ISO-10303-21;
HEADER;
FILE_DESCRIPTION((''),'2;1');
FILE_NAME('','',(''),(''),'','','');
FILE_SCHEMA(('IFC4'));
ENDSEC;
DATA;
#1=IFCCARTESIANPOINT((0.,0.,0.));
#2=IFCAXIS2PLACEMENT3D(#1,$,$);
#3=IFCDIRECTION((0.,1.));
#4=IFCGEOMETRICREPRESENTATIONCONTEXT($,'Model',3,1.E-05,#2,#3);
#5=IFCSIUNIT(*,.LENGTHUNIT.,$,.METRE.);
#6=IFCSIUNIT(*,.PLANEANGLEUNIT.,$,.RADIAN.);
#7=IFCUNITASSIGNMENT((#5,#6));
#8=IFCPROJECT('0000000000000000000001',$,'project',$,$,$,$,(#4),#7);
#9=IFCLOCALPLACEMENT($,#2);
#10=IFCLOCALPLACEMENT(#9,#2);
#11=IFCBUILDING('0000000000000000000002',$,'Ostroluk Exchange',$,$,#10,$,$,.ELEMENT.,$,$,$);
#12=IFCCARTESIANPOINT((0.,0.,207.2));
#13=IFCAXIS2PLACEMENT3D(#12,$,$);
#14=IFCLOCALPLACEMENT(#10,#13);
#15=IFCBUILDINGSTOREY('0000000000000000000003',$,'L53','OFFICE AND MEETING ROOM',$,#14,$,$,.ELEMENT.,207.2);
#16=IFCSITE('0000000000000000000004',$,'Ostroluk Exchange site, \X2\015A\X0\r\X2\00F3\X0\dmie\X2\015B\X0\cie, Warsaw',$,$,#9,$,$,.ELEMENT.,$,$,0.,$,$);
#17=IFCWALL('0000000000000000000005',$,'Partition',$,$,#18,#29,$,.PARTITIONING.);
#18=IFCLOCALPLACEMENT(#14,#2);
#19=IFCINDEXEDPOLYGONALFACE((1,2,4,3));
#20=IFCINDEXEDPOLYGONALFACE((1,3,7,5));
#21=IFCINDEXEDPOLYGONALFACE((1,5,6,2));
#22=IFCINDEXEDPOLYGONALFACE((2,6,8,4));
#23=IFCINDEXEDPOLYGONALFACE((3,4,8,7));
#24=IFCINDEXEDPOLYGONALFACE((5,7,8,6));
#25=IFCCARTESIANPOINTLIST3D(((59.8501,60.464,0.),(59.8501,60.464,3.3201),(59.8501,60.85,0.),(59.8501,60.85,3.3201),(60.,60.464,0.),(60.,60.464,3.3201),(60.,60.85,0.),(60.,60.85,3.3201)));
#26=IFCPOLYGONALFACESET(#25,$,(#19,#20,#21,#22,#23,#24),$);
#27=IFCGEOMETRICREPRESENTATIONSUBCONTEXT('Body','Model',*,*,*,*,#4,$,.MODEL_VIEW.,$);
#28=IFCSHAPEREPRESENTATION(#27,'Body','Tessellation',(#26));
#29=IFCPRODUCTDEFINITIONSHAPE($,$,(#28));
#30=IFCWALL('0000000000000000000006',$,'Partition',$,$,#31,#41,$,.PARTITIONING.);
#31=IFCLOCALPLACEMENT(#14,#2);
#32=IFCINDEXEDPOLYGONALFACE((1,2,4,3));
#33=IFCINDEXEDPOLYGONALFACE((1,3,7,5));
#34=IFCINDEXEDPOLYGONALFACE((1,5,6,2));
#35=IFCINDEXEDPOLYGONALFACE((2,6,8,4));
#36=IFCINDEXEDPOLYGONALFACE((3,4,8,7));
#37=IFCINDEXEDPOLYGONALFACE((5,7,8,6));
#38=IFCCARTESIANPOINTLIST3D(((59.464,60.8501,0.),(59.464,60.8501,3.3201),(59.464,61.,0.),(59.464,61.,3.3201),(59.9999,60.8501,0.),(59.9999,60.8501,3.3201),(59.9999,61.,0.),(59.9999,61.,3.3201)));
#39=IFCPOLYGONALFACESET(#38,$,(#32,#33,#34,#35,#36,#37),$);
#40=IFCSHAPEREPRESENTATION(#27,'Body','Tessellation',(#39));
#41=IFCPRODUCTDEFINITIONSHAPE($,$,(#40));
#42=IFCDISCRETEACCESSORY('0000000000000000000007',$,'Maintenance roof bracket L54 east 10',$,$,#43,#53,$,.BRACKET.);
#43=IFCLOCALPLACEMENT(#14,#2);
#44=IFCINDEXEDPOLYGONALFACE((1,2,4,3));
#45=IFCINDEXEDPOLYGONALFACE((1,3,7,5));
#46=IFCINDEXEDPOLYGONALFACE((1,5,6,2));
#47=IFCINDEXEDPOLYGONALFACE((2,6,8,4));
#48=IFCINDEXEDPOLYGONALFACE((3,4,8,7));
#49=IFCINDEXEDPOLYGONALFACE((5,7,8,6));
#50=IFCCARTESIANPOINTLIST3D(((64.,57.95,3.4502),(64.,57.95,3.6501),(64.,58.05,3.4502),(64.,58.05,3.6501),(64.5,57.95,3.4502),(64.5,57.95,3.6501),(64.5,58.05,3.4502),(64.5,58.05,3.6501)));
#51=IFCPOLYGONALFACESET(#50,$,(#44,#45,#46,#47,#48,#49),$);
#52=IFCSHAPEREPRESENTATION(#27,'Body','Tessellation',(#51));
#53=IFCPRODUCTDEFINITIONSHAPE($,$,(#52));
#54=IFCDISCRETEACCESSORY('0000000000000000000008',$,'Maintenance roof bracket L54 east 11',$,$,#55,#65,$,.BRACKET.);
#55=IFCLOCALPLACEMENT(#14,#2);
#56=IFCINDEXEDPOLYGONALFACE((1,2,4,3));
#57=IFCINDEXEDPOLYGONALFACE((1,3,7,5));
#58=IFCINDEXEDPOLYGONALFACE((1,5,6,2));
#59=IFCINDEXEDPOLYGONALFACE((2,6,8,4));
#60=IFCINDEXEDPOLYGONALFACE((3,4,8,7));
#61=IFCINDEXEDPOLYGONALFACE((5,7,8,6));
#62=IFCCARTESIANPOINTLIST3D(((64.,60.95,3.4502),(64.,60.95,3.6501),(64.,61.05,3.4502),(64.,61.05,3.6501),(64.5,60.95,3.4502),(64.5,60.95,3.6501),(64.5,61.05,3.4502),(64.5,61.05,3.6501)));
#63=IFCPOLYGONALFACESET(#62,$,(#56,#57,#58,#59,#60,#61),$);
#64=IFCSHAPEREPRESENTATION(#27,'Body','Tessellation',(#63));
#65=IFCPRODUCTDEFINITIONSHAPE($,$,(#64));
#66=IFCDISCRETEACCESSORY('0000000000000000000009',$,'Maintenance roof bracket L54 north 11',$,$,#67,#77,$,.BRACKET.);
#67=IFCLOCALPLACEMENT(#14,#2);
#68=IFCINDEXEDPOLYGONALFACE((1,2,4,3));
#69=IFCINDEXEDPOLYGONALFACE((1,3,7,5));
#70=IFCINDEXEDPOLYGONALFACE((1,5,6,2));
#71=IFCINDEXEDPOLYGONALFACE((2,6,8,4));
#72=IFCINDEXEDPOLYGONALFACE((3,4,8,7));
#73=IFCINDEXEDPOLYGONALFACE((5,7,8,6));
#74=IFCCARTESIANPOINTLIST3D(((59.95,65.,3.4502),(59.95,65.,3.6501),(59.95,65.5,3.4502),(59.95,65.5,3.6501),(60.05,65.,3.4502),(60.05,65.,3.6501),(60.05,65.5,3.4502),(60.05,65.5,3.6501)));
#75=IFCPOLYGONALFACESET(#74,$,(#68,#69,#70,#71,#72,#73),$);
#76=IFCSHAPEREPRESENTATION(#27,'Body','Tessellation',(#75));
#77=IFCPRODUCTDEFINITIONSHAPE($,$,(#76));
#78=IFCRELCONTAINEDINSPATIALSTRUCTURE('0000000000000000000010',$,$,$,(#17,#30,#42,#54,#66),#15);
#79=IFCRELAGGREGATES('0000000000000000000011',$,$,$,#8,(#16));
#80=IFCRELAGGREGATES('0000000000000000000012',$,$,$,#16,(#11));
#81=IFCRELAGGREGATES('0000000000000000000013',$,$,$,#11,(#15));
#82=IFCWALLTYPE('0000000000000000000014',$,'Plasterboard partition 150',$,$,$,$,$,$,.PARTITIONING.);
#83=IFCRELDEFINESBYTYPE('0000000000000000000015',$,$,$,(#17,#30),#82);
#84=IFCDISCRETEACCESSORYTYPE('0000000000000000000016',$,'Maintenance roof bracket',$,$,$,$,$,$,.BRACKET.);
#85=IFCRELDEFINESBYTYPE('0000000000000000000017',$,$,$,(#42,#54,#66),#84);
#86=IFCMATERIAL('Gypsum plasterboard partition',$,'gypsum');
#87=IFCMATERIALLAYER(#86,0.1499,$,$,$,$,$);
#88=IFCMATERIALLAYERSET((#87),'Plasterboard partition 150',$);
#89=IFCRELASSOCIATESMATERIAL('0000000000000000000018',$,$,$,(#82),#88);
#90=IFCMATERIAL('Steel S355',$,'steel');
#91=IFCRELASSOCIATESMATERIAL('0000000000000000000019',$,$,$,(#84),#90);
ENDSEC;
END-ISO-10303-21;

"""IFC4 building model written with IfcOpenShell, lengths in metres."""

from ifc_helpers import new_model, si_unit, direction, frame, frame_2d, origin, origin_2d, place, context, subcontext, project, spatial, rectangle, extrude, material, layer, layer_set, type_object, element, save


model = new_model("IFC4")

# Units and contexts
model_context = context("Model", 3, precision=1e-05, world=origin(), true_north=direction((0.0, 1.0)))
body_context = subcontext(model_context, "Body", "Model", "MODEL_VIEW")
ifc_project = project(units=[si_unit("LENGTHUNIT", "METRE"), si_unit("PLANEANGLEUNIT", "RADIAN")], contexts=[model_context])

# Site, building, storey
site_placement = place(None, origin())
site = spatial("IfcSite", under=ifc_project, at=site_placement, Name="Ostroluk Exchange site, Śródmieście, Warsaw", CompositionType="ELEMENT", RefElevation=0.0)
building_placement = place(site_placement, origin())
building = spatial("IfcBuilding", under=site, at=building_placement, Name="Ostroluk Exchange", CompositionType="ELEMENT")
storey_placement = place(building_placement, frame((0.0, 0.0, 207.2)))
storey = spatial("IfcBuildingStorey", under=building, at=storey_placement, Name="L53", Description="OFFICE AND MEETING ROOM", CompositionType="ELEMENT", Elevation=207.2)

# Walls
ifc_material_1 = material(Name="Gypsum plasterboard partition", Category="gypsum")
ifc_layer_1 = layer(ifc_material_1, 0.1499)
ifc_layer_set_1 = layer_set([ifc_layer_1], Name="Plasterboard partition 150")
wall_type_1 = type_object("IfcWallType", Name="Plasterboard partition 150", PredefinedType="PARTITIONING", material=ifc_layer_set_1)
wall_1_placement = place(storey_placement, frame((59.925, 60.4641, 0.0), z_axis=(0.0, 0.0, 1.0), x_axis=(0.0, 1.0, 0.0)))
element("IfcWall", 1, at=wall_1_placement, inside=storey, type_object=wall_type_1, Name="Partition", PredefinedType="PARTITIONING", context=body_context, shape_type="SweptSolid", body=[
    extrude(rectangle(XDim=0.386, YDim=0.1499, at=frame_2d((0.1929, 0.0))), origin(), (0.0, 0.0, 1.0), 3.3201),
])
wall_2_placement = place(storey_placement, frame((60.0, 60.925, 0.0), z_axis=(0.0, 0.0, 1.0), x_axis=(-1.0, 0.0, 0.0)))
element("IfcWall", 2, at=wall_2_placement, inside=storey, type_object=wall_type_1, Name="Partition", PredefinedType="PARTITIONING", context=body_context, shape_type="SweptSolid", body=[
    extrude(rectangle(XDim=0.5359, YDim=0.1499, at=frame_2d((0.2681, 0.0))), origin(), (0.0, 0.0, 1.0), 3.3201),
])

# Discrete accessories
ifc_material_2 = material(Name="Steel S355", Category="steel")
discrete_accessory_type = type_object("IfcDiscreteAccessoryType", Name="Maintenance roof bracket", PredefinedType="BRACKET", material=ifc_material_2)
for number, where, z_axis, x_axis, name in (
    (3, (64.25, 58.0, 3.4502), (0.0, 0.0, 1.0), (1.0, 0.0, 0.0), "Maintenance roof bracket L54 east 10"),
    (4, (64.25, 61.0, 3.4502), (0.0, 0.0, 1.0), (1.0, 0.0, 0.0), "Maintenance roof bracket L54 east 11"),
):
    element("IfcDiscreteAccessory", number, at=place(storey_placement, frame(where, z_axis=z_axis, x_axis=x_axis)), inside=storey, type_object=discrete_accessory_type, Name=name, PredefinedType="BRACKET", context=body_context, shape_type="SweptSolid", body=[
        extrude(rectangle(XDim=0.5, YDim=0.1001, at=origin_2d()), origin(), (0.0, 0.0, 1.0), 0.2),
    ])
discrete_accessory_placement = place(storey_placement, frame((60.0, 65.25, 3.4502), z_axis=(0.0, 0.0, 1.0), x_axis=(1.0, 0.0, 0.0)))
element("IfcDiscreteAccessory", 5, at=discrete_accessory_placement, inside=storey, type_object=discrete_accessory_type, Name="Maintenance roof bracket L54 north 11", PredefinedType="BRACKET", context=body_context, shape_type="SweptSolid", body=[
    extrude(rectangle(XDim=0.1001, YDim=0.5, at=origin_2d()), origin(), (0.0, 0.0, 1.0), 0.2),
])

save(model, "model.ifc")
